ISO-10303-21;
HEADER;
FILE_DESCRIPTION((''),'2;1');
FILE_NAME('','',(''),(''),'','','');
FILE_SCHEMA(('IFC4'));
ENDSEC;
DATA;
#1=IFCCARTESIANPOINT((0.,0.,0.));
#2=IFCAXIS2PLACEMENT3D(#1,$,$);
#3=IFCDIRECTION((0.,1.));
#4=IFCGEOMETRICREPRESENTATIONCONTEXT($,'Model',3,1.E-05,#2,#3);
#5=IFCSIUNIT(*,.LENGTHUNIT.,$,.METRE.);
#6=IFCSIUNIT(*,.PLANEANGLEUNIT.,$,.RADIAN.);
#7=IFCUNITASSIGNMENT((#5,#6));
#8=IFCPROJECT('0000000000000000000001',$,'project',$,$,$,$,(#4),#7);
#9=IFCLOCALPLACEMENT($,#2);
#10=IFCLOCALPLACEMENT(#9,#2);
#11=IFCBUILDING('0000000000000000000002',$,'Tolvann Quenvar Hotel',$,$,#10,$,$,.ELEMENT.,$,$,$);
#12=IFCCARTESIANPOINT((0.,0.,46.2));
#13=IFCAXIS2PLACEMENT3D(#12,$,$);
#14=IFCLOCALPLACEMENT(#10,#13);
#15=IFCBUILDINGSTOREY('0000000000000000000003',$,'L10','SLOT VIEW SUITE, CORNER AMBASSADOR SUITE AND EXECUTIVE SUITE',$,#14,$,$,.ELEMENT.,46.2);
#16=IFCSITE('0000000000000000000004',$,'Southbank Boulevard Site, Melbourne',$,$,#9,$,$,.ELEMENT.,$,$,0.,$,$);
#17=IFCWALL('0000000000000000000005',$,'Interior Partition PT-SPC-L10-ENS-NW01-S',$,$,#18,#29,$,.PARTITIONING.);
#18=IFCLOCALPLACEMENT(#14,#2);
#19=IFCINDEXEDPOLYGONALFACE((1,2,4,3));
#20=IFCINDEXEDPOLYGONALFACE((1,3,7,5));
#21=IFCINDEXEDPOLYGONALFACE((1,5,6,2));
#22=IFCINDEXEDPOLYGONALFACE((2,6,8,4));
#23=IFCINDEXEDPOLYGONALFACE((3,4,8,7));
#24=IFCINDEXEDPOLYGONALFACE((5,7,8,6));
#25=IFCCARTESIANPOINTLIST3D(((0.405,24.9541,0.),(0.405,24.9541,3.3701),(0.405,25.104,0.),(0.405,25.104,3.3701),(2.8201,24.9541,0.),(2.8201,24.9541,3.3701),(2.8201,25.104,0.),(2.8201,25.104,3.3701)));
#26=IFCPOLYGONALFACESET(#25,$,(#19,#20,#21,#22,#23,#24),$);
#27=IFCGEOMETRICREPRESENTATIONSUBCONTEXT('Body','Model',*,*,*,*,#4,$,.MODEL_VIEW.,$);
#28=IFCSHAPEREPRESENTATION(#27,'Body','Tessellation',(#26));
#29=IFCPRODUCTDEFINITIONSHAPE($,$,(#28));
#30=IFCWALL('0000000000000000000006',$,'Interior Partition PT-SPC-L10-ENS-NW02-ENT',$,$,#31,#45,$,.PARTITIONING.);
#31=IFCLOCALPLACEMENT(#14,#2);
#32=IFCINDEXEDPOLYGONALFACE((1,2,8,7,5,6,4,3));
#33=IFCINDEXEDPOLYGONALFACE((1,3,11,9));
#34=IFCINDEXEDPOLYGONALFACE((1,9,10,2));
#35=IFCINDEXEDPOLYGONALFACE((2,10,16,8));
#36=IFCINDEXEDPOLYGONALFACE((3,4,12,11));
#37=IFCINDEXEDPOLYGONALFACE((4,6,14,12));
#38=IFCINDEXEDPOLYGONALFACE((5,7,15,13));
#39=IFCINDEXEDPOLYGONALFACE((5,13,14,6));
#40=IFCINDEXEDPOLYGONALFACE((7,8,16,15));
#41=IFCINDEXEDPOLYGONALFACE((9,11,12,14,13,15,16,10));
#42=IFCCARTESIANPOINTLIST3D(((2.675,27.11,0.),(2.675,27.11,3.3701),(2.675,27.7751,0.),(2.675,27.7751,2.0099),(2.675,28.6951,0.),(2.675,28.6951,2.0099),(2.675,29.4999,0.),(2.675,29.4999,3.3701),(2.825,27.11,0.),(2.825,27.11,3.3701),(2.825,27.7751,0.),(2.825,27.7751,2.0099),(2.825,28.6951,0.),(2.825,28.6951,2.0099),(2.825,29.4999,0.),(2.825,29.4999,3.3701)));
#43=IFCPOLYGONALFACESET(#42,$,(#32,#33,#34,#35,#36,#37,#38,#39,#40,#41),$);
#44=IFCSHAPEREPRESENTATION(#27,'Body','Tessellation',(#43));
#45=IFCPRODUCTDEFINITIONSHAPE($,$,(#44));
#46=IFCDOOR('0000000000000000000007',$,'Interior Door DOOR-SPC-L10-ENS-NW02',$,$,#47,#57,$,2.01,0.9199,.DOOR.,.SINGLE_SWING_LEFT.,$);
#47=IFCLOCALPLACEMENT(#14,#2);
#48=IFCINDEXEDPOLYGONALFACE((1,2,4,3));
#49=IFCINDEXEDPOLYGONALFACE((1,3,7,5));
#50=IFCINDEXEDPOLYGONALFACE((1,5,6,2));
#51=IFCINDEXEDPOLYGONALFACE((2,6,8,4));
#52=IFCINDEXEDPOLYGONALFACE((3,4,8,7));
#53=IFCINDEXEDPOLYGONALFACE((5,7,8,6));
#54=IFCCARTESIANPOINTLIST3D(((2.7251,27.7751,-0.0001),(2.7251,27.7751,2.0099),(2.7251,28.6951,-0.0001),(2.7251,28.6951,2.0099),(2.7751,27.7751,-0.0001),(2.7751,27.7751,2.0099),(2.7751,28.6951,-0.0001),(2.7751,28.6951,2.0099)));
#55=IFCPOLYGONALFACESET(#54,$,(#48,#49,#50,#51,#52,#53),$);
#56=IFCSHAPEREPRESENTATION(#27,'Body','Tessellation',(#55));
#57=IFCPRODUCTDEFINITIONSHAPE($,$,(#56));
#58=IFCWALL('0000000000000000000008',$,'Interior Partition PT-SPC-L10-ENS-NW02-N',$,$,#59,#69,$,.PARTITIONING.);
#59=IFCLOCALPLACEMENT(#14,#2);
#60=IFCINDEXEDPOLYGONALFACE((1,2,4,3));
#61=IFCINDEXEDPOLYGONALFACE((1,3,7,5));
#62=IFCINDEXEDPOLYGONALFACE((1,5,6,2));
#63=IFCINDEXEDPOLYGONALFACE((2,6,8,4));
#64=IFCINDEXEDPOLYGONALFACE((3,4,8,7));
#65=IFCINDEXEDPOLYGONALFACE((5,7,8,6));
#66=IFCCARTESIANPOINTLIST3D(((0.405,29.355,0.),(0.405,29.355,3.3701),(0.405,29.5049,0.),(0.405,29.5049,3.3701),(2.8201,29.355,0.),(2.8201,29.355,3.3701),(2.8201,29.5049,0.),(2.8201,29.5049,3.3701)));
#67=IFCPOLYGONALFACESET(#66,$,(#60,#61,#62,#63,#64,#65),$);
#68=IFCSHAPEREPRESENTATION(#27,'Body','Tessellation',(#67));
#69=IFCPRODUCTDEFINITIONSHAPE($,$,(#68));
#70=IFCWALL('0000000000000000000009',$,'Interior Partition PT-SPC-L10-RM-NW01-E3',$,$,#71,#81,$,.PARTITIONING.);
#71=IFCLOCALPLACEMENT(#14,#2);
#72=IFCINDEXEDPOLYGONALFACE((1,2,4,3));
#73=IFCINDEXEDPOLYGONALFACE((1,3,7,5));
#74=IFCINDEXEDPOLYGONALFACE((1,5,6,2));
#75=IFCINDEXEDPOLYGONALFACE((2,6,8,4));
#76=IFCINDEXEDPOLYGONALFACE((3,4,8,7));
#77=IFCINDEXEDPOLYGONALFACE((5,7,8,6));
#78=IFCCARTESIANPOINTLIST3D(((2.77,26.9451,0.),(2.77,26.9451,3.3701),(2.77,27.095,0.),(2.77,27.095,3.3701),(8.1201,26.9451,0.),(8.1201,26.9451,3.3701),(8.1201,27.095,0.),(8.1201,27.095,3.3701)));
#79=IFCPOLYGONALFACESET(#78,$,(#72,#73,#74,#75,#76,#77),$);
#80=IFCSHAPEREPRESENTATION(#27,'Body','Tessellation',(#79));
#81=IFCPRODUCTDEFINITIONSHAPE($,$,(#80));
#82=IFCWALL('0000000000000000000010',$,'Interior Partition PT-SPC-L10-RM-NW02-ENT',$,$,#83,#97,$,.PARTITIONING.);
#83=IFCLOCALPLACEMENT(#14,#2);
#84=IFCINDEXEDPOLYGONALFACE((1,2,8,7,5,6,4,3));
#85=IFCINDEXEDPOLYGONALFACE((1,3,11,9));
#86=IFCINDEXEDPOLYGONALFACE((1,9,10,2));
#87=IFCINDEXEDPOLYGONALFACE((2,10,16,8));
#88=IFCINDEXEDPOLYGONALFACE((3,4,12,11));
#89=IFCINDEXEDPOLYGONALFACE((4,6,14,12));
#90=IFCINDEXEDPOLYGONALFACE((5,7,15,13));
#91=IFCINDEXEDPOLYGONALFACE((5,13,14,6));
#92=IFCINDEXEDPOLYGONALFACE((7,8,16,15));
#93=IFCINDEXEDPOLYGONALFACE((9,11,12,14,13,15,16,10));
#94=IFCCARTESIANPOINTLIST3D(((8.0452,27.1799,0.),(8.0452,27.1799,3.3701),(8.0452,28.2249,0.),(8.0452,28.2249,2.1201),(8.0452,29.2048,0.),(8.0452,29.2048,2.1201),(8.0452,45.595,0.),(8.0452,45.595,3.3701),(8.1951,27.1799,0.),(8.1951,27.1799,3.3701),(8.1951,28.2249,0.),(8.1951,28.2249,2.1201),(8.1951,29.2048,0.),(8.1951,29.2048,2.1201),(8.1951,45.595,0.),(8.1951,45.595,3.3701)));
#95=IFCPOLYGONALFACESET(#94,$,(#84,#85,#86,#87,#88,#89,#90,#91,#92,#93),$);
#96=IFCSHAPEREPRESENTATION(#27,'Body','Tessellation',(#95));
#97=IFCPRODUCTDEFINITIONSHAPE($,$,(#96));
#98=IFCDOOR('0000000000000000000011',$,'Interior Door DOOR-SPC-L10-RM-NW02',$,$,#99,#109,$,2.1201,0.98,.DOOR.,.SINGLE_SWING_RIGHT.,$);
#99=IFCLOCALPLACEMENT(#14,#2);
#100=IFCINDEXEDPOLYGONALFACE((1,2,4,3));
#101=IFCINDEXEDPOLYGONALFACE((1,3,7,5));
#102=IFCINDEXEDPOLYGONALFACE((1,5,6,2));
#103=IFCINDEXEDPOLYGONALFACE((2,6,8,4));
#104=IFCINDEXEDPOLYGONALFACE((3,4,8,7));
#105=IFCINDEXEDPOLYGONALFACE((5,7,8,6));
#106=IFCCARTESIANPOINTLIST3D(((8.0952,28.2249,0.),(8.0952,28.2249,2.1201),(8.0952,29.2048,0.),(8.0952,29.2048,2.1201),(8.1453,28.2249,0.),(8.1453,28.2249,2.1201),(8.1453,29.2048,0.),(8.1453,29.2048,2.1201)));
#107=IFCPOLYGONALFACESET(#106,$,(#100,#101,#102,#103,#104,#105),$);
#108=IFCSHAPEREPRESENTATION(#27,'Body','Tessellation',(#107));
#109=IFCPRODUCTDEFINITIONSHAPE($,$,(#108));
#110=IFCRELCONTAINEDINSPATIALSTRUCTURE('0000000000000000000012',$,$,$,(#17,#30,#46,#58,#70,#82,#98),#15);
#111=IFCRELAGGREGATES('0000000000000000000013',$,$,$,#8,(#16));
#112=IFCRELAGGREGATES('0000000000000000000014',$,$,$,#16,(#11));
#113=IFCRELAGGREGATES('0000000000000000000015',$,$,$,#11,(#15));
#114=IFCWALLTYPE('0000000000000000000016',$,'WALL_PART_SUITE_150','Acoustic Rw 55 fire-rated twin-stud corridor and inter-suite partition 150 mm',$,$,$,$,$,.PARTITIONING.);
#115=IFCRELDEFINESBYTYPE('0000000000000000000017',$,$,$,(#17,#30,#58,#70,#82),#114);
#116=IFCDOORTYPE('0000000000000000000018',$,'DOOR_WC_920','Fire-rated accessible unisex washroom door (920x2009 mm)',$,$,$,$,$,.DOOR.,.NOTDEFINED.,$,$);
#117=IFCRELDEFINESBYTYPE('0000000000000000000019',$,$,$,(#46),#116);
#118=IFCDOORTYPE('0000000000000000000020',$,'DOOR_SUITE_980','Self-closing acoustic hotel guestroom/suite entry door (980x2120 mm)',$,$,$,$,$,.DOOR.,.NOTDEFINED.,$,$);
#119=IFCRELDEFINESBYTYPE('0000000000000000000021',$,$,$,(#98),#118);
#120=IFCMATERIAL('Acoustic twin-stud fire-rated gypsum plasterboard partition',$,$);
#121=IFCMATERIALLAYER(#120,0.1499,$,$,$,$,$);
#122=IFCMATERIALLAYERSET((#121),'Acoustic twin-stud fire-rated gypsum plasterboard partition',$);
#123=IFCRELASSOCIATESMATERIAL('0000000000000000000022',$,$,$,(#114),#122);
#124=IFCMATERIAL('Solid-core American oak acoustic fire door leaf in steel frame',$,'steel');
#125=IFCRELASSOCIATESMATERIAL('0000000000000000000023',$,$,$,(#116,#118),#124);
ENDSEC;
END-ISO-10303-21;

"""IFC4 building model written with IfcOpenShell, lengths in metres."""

from ifc_helpers import new_model, si_unit, direction, frame, frame_2d, origin, place, context, subcontext, project, spatial, rectangle, extrude, source, transform, mapped, material, layer, layer_set, type_object, type_shapes, element, fill, save


model = new_model("IFC4")

# Units and contexts
model_context = context("Model", 3, precision=1e-05, world=origin(), true_north=direction((0.0, 1.0)))
body_context = subcontext(model_context, "Body", "Model", "MODEL_VIEW")
ifc_project = project(units=[si_unit("LENGTHUNIT", "METRE"), si_unit("PLANEANGLEUNIT", "RADIAN")], contexts=[model_context])

# Site, building, storey
site_placement = place(None, origin())
site = spatial("IfcSite", under=ifc_project, at=site_placement, Name="Southbank Boulevard Site, Melbourne", CompositionType="ELEMENT", RefElevation=0.0)
building_placement = place(site_placement, origin())
building = spatial("IfcBuilding", under=site, at=building_placement, Name="Tolvann Quenvar Hotel", CompositionType="ELEMENT")
storey_placement = place(building_placement, frame((0.0, 0.0, 46.2)))
storey = spatial("IfcBuildingStorey", under=building, at=storey_placement, Name="L10", Description="SLOT VIEW SUITE, CORNER AMBASSADOR SUITE AND EXECUTIVE SUITE", CompositionType="ELEMENT", Elevation=46.2)

# Shared definitions
ifc_material_1 = material(Name="Solid-core American oak acoustic fire door leaf in steel frame", Category="steel")

# Shared definitions
ifc_material_2 = material(Name="Acoustic twin-stud fire-rated gypsum plasterboard partition")

# Shared definitions
ifc_layer_1 = layer(ifc_material_2, 0.1499)
ifc_layer_set_1 = layer_set([ifc_layer_1], Name="Acoustic twin-stud fire-rated gypsum plasterboard partition")
wall_type_1 = type_object("IfcWallType", Name="WALL_PART_SUITE_150", Description="Acoustic Rw 55 fire-rated twin-stud corridor and inter-suite partition 150 mm", PredefinedType="PARTITIONING", material=ifc_layer_set_1)
door_type_1 = type_object("IfcDoorType", Name="DOOR_WC_920", Description="Fire-rated accessible unisex washroom door (920x2009 mm)", OperationType="NOTDEFINED", PredefinedType="DOOR", material=ifc_material_1)
shared_shape_1 = source(origin(), body_context, "Body", "SweptSolid", [
    extrude(rectangle(XDim=0.9199, YDim=2.01, at=frame_2d((0.46, 1.0049))), frame((0.0, 0.0249, 0.0), z_axis=(0.0, -1.0, 0.0), x_axis=(1.0, 0.0, 0.0)), (0.0, 0.0, 1.0), 0.05),
])
type_shapes(door_type_1, [shared_shape_1])

# Wall
wall_1_placement = place(storey_placement, frame((0.405, 25.0291, 0.0), z_axis=(0.0, 0.0, 1.0), x_axis=(1.0, 0.0, 0.0)))
element("IfcWall", 1, at=wall_1_placement, inside=storey, type_object=wall_type_1, Name="Interior Partition PT-SPC-L10-ENS-NW01-S", PredefinedType="PARTITIONING", context=body_context, shape_type="SweptSolid", body=[
    extrude(rectangle(XDim=2.415, YDim=0.1499, at=frame_2d((1.2075, 0.0))), origin(), (0.0, 0.0, 1.0), 3.3701),
])

# Wall, opening, door
wall_2_placement = place(storey_placement, frame((2.75, 27.1101, 0.0), z_axis=(0.0, 0.0, 1.0), x_axis=(0.0, 1.0, 0.0)))
wall_2 = element("IfcWall", 2, at=wall_2_placement, inside=storey, type_object=wall_type_1, Name="Interior Partition PT-SPC-L10-ENS-NW02-ENT", PredefinedType="PARTITIONING", context=body_context, shape_type="SweptSolid", body=[
    extrude(rectangle(XDim=2.3899, YDim=0.1499, at=frame_2d((1.1948, 0.0))), origin(), (0.0, 0.0, 1.0), 3.3701),
])
opening_1_placement = place(wall_2_placement, frame((0.665, 0.0, 0.0)))
opening_1 = element("IfcOpeningElement", 3, at=opening_1_placement, cuts=wall_2, PredefinedType="OPENING", context=body_context, shape_type="SweptSolid", body=[
    extrude(rectangle(XDim=0.9199, YDim=2.01, at=frame_2d((0.46, 1.0049))), frame((0.0, 0.085, 0.0), z_axis=(0.0, -1.0, 0.0), x_axis=(1.0, 0.0, 0.0)), (0.0, 0.0, 1.0), 0.1699),
])
door_1_placement = place(opening_1_placement, origin())
door_1 = element("IfcDoor", 4, at=door_1_placement, inside=storey, type_object=door_type_1, Name="Interior Door DOOR-SPC-L10-ENS-NW02", OperationType="SINGLE_SWING_LEFT", OverallHeight=2.01, OverallWidth=0.9199, PredefinedType="DOOR", context=body_context, shape_type="MappedRepresentation", body=[
    mapped(shared_shape_1, transform((0.0, 0.0, 0.0), x_axis=(1.0, 0.0, 0.0), y_axis=(0.0, 1.0, 0.0), z_axis=(0.0, 0.0, 1.0), scale=1.0)),
])
fill(opening_1, door_1)

# Walls
wall_3_placement = place(storey_placement, frame((0.405, 29.4299, 0.0), z_axis=(0.0, 0.0, 1.0), x_axis=(1.0, 0.0, 0.0)))
element("IfcWall", 5, at=wall_3_placement, inside=storey, type_object=wall_type_1, Name="Interior Partition PT-SPC-L10-ENS-NW02-N", PredefinedType="PARTITIONING", context=body_context, shape_type="SweptSolid", body=[
    extrude(rectangle(XDim=2.415, YDim=0.1499, at=frame_2d((1.2075, 0.0))), origin(), (0.0, 0.0, 1.0), 3.3701),
])
wall_4_placement = place(storey_placement, frame((2.77, 27.02, 0.0), z_axis=(0.0, 0.0, 1.0), x_axis=(1.0, 0.0, 0.0)))
element("IfcWall", 6, at=wall_4_placement, inside=storey, type_object=wall_type_1, Name="Interior Partition PT-SPC-L10-RM-NW01-E3", PredefinedType="PARTITIONING", context=body_context, shape_type="SweptSolid", body=[
    extrude(rectangle(XDim=5.3501, YDim=0.1499, at=frame_2d((2.675, 0.0))), origin(), (0.0, 0.0, 1.0), 3.3701),
])

# Wall, opening, door
wall_5_placement = place(storey_placement, frame((8.1201, 27.1799, 0.0), z_axis=(0.0, 0.0, 1.0), x_axis=(0.0, 1.0, 0.0)))
wall_5 = element("IfcWall", 7, at=wall_5_placement, inside=storey, type_object=wall_type_1, Name="Interior Partition PT-SPC-L10-RM-NW02-ENT", PredefinedType="PARTITIONING", context=body_context, shape_type="SweptSolid", body=[
    extrude(rectangle(XDim=18.415, YDim=0.1499, at=frame_2d((9.2075, 0.0))), origin(), (0.0, 0.0, 1.0), 3.3701),
])
opening_2_placement = place(wall_5_placement, frame((1.0449, 0.0, 0.0)))
opening_2 = element("IfcOpeningElement", 8, at=opening_2_placement, cuts=wall_5, PredefinedType="OPENING", context=body_context, shape_type="SweptSolid", body=[
    extrude(rectangle(XDim=0.98, YDim=2.1201, at=frame_2d((0.49, 1.0601))), frame((0.0, 0.085, 0.0), z_axis=(0.0, -1.0, 0.0), x_axis=(1.0, 0.0, 0.0)), (0.0, 0.0, 1.0), 0.1699),
])
door_type_2 = type_object("IfcDoorType", Name="DOOR_SUITE_980", Description="Self-closing acoustic hotel guestroom/suite entry door (980x2120 mm)", OperationType="NOTDEFINED", PredefinedType="DOOR", material=ifc_material_1)
shared_shape_2 = source(origin(), body_context, "Body", "SweptSolid", [
    extrude(rectangle(XDim=0.98, YDim=2.1201, at=frame_2d((0.49, 1.0601))), frame((0.0, 0.0249, 0.0), z_axis=(0.0, -1.0, 0.0), x_axis=(1.0, 0.0, 0.0)), (0.0, 0.0, 1.0), 0.05),
])
type_shapes(door_type_2, [shared_shape_2])
door_2_placement = place(opening_2_placement, origin())
door_2 = element("IfcDoor", 9, at=door_2_placement, inside=storey, type_object=door_type_2, Name="Interior Door DOOR-SPC-L10-RM-NW02", OperationType="SINGLE_SWING_RIGHT", OverallHeight=2.1201, OverallWidth=0.98, PredefinedType="DOOR", context=body_context, shape_type="MappedRepresentation", body=[
    mapped(shared_shape_2, transform((0.0, 0.0, 0.0), x_axis=(1.0, 0.0, 0.0), y_axis=(0.0, 1.0, 0.0), z_axis=(0.0, 0.0, 1.0), scale=1.0)),
])
fill(opening_2, door_2)

save(model, "model.ifc")
